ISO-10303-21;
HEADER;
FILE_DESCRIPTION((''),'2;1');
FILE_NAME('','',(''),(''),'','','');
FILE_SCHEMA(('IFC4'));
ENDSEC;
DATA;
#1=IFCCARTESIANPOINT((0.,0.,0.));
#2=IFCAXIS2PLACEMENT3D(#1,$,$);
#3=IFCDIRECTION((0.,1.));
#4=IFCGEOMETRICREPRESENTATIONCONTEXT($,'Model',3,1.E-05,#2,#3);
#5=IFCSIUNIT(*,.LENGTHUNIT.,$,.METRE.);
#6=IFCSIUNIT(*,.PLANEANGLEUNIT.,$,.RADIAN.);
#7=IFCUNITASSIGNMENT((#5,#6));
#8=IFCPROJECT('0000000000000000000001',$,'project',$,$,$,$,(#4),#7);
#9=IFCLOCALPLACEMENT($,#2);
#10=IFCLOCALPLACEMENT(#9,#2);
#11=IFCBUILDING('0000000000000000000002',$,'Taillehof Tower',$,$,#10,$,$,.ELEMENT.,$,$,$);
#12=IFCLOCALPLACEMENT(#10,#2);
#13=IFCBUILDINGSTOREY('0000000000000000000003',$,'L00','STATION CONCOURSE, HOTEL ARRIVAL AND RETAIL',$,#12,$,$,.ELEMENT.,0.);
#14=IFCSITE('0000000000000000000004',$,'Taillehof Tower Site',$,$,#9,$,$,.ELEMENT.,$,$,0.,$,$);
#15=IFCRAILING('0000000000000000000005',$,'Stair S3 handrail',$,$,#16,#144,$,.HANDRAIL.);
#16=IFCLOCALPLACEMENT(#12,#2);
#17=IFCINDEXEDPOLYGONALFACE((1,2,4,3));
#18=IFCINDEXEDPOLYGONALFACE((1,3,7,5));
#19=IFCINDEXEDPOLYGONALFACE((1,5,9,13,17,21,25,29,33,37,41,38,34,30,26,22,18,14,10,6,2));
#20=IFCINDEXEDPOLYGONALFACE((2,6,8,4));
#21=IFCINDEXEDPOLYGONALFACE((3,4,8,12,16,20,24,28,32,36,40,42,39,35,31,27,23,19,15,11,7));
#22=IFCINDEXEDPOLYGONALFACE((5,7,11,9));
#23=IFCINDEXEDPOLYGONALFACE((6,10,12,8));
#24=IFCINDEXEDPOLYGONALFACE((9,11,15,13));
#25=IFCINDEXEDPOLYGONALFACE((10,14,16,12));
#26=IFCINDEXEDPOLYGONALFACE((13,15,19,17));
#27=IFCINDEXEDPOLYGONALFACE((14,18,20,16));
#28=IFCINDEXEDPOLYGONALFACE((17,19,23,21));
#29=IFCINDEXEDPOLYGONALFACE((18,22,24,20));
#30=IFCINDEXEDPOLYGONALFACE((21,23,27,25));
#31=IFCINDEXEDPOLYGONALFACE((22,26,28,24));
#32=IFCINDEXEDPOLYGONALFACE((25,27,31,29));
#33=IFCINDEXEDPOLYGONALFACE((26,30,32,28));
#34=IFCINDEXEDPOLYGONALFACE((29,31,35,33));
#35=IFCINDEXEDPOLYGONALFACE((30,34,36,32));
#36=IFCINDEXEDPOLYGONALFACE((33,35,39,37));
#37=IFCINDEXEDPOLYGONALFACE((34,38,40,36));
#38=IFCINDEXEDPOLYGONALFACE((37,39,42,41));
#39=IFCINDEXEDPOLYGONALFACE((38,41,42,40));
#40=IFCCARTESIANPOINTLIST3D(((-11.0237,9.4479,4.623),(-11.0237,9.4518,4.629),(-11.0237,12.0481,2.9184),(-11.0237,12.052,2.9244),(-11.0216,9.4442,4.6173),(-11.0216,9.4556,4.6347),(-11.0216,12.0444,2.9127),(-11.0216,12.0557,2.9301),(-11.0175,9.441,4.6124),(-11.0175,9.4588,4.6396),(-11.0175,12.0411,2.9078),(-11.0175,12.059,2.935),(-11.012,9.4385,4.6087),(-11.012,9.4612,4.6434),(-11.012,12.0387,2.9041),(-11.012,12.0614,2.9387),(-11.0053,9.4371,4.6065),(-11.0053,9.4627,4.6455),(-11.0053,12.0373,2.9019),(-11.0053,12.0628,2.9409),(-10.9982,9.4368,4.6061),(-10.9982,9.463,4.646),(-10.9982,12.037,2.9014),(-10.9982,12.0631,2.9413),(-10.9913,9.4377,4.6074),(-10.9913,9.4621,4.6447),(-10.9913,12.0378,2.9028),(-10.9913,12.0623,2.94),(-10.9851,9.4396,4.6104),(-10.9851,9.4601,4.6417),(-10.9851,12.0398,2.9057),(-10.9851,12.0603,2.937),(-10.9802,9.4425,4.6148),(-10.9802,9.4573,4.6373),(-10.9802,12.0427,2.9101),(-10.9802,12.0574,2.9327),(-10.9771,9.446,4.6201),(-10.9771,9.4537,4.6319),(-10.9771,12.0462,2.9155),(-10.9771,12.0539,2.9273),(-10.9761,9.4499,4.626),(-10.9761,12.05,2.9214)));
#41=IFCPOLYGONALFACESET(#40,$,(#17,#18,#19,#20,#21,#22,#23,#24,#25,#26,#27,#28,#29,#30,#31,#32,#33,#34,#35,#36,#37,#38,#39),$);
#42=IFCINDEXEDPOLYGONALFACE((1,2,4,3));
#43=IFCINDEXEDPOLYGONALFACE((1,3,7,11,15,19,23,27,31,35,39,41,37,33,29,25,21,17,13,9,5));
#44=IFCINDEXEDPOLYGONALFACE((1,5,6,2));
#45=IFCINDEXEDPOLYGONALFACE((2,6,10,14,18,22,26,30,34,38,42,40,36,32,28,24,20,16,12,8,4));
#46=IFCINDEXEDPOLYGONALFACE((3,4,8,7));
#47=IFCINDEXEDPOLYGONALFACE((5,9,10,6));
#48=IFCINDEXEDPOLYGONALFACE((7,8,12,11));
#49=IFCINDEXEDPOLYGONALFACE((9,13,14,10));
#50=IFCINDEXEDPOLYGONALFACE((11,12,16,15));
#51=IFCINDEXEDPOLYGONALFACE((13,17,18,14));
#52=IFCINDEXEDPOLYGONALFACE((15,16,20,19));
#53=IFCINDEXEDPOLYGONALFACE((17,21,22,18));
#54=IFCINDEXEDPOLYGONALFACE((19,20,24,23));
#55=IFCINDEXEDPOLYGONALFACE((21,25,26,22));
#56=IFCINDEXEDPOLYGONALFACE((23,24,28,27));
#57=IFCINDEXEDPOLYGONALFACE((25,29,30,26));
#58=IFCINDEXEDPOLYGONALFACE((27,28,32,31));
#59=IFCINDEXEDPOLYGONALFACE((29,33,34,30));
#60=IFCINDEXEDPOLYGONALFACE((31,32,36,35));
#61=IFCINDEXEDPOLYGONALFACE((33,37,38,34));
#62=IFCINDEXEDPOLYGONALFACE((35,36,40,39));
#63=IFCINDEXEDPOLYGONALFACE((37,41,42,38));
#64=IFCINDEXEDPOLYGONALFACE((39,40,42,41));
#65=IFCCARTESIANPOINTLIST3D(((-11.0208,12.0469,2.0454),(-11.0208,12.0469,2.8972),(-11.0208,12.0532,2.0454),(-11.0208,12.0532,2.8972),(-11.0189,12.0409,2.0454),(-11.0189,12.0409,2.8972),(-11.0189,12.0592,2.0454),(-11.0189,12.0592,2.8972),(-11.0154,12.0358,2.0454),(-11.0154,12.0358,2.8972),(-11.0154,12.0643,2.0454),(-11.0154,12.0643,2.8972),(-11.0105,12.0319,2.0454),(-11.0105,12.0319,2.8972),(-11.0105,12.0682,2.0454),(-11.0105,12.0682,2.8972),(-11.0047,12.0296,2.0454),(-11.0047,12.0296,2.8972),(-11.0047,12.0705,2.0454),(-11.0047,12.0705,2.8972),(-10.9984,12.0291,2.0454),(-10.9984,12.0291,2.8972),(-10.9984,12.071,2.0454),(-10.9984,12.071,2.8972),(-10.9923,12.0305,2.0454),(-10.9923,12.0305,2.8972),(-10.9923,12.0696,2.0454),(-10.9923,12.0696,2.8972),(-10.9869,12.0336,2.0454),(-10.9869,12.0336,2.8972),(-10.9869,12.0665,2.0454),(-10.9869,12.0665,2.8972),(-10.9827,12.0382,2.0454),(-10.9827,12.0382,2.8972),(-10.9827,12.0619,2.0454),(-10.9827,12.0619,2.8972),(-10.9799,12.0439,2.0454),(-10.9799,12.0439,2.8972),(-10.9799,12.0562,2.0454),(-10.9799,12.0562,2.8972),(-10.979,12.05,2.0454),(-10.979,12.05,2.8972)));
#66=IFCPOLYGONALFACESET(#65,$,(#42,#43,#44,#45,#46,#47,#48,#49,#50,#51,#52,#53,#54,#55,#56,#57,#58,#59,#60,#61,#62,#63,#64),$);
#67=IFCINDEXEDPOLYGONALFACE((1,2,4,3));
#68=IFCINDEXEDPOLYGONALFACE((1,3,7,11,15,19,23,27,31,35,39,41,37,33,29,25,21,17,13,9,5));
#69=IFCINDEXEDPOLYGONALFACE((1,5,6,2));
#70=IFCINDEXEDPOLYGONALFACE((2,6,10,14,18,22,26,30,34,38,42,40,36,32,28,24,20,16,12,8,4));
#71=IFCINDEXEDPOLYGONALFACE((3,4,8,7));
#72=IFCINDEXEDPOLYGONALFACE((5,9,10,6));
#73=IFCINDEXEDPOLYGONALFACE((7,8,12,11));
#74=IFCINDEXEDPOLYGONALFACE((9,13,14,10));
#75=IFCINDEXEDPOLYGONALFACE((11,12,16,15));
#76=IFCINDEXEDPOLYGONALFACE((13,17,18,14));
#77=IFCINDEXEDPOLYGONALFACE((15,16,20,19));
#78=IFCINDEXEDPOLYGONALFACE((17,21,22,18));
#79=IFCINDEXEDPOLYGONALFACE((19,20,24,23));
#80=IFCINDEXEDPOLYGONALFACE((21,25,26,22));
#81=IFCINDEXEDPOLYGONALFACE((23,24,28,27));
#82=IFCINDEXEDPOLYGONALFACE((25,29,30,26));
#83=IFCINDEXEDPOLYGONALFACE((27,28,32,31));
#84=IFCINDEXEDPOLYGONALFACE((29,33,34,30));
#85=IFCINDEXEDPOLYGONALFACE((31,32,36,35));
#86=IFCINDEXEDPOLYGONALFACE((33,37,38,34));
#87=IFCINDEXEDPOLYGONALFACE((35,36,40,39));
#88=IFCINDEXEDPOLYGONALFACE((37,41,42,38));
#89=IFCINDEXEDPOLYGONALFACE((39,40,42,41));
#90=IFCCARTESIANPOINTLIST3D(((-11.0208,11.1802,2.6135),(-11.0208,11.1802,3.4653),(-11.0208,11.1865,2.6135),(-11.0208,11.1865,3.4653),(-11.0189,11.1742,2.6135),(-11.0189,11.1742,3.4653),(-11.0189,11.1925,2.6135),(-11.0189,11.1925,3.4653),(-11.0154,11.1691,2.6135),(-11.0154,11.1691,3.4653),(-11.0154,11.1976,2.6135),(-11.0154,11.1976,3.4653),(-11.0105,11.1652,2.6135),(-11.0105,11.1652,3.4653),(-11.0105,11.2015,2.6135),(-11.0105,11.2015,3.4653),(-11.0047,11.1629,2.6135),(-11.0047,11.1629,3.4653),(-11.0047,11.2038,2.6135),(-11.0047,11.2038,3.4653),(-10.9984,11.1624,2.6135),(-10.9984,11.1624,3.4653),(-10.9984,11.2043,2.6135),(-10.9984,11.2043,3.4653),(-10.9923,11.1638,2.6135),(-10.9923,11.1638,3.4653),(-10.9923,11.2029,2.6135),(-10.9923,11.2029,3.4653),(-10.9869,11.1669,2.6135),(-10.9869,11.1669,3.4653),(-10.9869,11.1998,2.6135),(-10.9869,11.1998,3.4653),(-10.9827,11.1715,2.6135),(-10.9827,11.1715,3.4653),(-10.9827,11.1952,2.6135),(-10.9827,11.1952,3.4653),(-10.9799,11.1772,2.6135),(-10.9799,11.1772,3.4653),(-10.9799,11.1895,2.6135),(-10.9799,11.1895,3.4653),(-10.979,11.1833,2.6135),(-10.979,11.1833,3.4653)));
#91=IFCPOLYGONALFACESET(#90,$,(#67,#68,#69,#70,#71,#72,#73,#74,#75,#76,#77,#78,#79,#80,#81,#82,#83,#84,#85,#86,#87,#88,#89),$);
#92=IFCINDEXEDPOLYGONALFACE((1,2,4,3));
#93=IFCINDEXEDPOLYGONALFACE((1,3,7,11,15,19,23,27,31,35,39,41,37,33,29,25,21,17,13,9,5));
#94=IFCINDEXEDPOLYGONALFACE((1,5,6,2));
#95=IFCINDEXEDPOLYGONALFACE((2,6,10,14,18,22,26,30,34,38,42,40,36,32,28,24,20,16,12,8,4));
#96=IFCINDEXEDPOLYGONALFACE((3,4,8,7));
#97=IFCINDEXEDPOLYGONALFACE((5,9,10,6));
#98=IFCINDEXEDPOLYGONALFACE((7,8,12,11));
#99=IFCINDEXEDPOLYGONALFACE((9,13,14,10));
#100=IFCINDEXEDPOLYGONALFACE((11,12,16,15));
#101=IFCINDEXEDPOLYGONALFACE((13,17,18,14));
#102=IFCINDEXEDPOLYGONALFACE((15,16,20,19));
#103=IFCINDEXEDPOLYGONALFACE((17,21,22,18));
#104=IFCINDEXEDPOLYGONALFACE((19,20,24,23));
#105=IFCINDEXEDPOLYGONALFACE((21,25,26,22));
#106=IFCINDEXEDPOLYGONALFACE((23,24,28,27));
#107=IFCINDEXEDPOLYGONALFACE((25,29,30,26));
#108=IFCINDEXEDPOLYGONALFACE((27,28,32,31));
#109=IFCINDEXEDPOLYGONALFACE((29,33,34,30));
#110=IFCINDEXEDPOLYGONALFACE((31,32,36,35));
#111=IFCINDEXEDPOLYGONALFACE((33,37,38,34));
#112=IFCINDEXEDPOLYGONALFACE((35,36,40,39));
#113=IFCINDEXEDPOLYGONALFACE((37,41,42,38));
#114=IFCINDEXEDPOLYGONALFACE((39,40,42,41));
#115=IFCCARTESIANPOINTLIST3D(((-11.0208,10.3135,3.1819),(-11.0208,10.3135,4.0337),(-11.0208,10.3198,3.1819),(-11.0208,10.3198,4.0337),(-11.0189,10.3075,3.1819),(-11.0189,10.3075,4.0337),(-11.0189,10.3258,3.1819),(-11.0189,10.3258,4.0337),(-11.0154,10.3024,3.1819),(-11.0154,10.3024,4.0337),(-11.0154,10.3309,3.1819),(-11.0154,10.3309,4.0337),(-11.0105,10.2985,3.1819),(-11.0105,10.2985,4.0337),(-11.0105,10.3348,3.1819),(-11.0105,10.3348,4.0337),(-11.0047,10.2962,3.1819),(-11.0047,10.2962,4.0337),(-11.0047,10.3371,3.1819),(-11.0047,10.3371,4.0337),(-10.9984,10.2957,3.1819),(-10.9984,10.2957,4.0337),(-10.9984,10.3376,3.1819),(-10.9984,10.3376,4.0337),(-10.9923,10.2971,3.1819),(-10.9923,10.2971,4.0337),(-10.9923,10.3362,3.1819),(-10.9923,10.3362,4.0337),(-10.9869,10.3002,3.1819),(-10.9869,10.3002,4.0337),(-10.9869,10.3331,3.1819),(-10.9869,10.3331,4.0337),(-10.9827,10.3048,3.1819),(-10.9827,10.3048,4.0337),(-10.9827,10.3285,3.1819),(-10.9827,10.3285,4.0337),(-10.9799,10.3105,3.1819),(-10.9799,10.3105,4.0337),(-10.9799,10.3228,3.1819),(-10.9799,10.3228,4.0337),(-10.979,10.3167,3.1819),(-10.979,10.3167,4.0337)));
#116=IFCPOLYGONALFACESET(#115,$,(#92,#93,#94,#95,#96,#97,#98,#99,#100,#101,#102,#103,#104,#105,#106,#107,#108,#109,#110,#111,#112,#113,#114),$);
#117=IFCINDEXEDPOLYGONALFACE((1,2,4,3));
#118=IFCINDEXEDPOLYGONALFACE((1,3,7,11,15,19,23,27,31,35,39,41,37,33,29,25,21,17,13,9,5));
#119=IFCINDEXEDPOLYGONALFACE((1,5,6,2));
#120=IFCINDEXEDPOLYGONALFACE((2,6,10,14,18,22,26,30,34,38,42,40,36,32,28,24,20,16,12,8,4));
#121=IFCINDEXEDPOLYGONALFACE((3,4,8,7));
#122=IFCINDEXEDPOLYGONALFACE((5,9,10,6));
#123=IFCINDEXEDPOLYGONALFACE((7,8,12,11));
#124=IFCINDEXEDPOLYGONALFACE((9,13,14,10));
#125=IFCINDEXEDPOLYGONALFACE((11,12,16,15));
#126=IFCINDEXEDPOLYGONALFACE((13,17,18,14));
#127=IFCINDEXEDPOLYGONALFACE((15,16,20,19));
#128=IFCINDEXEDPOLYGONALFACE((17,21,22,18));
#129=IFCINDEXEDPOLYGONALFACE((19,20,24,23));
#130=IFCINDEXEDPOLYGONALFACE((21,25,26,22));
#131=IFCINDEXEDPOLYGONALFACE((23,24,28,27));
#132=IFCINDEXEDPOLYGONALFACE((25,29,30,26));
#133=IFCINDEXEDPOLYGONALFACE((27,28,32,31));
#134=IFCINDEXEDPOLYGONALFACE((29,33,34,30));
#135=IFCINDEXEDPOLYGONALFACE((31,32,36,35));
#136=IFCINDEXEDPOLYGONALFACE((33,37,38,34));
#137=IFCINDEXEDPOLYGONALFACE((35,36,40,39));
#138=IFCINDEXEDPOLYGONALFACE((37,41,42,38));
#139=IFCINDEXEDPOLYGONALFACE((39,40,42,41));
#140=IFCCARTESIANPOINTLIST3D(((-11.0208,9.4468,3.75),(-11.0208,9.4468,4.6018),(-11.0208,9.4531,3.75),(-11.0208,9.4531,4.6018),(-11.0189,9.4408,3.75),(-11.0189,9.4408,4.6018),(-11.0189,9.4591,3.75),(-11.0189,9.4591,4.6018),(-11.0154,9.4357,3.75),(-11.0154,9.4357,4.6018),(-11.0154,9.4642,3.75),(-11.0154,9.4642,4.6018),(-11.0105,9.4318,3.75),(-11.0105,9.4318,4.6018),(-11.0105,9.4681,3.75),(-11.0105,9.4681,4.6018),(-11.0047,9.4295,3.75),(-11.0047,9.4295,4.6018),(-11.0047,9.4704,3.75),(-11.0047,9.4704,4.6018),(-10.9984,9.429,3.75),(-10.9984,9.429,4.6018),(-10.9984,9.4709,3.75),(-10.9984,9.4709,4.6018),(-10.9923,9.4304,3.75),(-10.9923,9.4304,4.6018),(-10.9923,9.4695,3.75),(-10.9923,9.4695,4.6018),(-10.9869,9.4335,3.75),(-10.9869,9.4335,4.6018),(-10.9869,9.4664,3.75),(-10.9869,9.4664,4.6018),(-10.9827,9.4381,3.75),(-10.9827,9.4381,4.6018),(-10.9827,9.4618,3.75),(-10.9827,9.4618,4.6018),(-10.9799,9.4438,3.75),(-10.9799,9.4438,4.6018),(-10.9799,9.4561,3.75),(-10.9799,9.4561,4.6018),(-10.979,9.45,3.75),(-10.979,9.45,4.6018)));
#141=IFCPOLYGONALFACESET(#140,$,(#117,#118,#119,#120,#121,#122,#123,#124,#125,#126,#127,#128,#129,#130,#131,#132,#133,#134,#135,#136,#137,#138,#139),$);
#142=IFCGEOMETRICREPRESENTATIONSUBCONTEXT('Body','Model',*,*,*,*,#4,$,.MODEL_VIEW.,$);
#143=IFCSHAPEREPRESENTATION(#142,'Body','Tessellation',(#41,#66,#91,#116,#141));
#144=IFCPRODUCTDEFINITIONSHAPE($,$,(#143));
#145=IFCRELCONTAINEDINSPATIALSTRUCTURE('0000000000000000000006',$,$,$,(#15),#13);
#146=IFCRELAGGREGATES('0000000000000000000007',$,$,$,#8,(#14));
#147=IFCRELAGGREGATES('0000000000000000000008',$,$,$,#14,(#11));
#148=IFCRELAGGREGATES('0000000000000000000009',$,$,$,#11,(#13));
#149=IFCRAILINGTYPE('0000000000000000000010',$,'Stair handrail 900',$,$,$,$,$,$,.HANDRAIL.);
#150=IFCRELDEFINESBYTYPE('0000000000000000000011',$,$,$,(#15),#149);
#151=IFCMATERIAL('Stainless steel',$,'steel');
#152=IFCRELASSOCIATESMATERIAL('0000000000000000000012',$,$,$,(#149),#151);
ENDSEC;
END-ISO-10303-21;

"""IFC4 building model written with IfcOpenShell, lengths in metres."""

from ifc_helpers import new_model, si_unit, direction, frame, origin, origin_2d, place, context, subcontext, project, spatial, circle, extrude, material, type_object, element, save


model = new_model("IFC4")

# Units and contexts
model_context = context("Model", 3, precision=1e-05, world=origin(), true_north=direction((0.0, 1.0)))
body_context = subcontext(model_context, "Body", "Model", "MODEL_VIEW")
ifc_project = project(units=[si_unit("LENGTHUNIT", "METRE"), si_unit("PLANEANGLEUNIT", "RADIAN")], contexts=[model_context])

# Site, building, storey
site_placement = place(None, origin())
site = spatial("IfcSite", under=ifc_project, at=site_placement, Name="Taillehof Tower Site", CompositionType="ELEMENT", RefElevation=0.0)
building_placement = place(site_placement, origin())
building = spatial("IfcBuilding", under=site, at=building_placement, Name="Taillehof Tower", CompositionType="ELEMENT")
storey_placement = place(building_placement, origin())
storey = spatial("IfcBuildingStorey", under=building, at=storey_placement, Name="L00", Description="STATION CONCOURSE, HOTEL ARRIVAL AND RETAIL", CompositionType="ELEMENT", Elevation=0.0)

# Railing
ifc_material_1 = material(Name="Stainless steel", Category="steel")
railing_type_1 = type_object("IfcRailingType", Name="Stair handrail 900", PredefinedType="HANDRAIL", material=ifc_material_1)
for number, where, name in (
    (1, (-11.0, 12.05, 2.0454), "Stair S3 handrail"),
):
    element("IfcRailing", number, at=place(storey_placement, frame(where)), inside=storey, type_object=railing_type_1, Name=name, PredefinedType="HANDRAIL", context=body_context, shape_type="SweptSolid", body=[
        extrude(circle(Radius=0.0239, at=origin_2d()), frame((0.0, 0.0, 0.876), z_axis=(0.0, -0.836302, 0.548269), x_axis=(1.0, 0.0, 0.0)), (0.0, 0.0, 1.0), 3.1091),
        extrude(circle(Radius=0.021, at=origin_2d()), origin(), (0.0, 0.0, 1.0), 0.8518),
        extrude(circle(Radius=0.021, at=origin_2d()), frame((0.0, -0.8667, 0.5681)), (0.0, 0.0, 1.0), 0.8518),
        extrude(circle(Radius=0.021, at=origin_2d()), frame((0.0, -1.7334, 1.1365)), (0.0, 0.0, 1.0), 0.8518),
        extrude(circle(Radius=0.021, at=origin_2d()), frame((0.0, -2.6001, 1.7046)), (0.0, 0.0, 1.0), 0.8518),
    ])

save(model, "model.ifc")
